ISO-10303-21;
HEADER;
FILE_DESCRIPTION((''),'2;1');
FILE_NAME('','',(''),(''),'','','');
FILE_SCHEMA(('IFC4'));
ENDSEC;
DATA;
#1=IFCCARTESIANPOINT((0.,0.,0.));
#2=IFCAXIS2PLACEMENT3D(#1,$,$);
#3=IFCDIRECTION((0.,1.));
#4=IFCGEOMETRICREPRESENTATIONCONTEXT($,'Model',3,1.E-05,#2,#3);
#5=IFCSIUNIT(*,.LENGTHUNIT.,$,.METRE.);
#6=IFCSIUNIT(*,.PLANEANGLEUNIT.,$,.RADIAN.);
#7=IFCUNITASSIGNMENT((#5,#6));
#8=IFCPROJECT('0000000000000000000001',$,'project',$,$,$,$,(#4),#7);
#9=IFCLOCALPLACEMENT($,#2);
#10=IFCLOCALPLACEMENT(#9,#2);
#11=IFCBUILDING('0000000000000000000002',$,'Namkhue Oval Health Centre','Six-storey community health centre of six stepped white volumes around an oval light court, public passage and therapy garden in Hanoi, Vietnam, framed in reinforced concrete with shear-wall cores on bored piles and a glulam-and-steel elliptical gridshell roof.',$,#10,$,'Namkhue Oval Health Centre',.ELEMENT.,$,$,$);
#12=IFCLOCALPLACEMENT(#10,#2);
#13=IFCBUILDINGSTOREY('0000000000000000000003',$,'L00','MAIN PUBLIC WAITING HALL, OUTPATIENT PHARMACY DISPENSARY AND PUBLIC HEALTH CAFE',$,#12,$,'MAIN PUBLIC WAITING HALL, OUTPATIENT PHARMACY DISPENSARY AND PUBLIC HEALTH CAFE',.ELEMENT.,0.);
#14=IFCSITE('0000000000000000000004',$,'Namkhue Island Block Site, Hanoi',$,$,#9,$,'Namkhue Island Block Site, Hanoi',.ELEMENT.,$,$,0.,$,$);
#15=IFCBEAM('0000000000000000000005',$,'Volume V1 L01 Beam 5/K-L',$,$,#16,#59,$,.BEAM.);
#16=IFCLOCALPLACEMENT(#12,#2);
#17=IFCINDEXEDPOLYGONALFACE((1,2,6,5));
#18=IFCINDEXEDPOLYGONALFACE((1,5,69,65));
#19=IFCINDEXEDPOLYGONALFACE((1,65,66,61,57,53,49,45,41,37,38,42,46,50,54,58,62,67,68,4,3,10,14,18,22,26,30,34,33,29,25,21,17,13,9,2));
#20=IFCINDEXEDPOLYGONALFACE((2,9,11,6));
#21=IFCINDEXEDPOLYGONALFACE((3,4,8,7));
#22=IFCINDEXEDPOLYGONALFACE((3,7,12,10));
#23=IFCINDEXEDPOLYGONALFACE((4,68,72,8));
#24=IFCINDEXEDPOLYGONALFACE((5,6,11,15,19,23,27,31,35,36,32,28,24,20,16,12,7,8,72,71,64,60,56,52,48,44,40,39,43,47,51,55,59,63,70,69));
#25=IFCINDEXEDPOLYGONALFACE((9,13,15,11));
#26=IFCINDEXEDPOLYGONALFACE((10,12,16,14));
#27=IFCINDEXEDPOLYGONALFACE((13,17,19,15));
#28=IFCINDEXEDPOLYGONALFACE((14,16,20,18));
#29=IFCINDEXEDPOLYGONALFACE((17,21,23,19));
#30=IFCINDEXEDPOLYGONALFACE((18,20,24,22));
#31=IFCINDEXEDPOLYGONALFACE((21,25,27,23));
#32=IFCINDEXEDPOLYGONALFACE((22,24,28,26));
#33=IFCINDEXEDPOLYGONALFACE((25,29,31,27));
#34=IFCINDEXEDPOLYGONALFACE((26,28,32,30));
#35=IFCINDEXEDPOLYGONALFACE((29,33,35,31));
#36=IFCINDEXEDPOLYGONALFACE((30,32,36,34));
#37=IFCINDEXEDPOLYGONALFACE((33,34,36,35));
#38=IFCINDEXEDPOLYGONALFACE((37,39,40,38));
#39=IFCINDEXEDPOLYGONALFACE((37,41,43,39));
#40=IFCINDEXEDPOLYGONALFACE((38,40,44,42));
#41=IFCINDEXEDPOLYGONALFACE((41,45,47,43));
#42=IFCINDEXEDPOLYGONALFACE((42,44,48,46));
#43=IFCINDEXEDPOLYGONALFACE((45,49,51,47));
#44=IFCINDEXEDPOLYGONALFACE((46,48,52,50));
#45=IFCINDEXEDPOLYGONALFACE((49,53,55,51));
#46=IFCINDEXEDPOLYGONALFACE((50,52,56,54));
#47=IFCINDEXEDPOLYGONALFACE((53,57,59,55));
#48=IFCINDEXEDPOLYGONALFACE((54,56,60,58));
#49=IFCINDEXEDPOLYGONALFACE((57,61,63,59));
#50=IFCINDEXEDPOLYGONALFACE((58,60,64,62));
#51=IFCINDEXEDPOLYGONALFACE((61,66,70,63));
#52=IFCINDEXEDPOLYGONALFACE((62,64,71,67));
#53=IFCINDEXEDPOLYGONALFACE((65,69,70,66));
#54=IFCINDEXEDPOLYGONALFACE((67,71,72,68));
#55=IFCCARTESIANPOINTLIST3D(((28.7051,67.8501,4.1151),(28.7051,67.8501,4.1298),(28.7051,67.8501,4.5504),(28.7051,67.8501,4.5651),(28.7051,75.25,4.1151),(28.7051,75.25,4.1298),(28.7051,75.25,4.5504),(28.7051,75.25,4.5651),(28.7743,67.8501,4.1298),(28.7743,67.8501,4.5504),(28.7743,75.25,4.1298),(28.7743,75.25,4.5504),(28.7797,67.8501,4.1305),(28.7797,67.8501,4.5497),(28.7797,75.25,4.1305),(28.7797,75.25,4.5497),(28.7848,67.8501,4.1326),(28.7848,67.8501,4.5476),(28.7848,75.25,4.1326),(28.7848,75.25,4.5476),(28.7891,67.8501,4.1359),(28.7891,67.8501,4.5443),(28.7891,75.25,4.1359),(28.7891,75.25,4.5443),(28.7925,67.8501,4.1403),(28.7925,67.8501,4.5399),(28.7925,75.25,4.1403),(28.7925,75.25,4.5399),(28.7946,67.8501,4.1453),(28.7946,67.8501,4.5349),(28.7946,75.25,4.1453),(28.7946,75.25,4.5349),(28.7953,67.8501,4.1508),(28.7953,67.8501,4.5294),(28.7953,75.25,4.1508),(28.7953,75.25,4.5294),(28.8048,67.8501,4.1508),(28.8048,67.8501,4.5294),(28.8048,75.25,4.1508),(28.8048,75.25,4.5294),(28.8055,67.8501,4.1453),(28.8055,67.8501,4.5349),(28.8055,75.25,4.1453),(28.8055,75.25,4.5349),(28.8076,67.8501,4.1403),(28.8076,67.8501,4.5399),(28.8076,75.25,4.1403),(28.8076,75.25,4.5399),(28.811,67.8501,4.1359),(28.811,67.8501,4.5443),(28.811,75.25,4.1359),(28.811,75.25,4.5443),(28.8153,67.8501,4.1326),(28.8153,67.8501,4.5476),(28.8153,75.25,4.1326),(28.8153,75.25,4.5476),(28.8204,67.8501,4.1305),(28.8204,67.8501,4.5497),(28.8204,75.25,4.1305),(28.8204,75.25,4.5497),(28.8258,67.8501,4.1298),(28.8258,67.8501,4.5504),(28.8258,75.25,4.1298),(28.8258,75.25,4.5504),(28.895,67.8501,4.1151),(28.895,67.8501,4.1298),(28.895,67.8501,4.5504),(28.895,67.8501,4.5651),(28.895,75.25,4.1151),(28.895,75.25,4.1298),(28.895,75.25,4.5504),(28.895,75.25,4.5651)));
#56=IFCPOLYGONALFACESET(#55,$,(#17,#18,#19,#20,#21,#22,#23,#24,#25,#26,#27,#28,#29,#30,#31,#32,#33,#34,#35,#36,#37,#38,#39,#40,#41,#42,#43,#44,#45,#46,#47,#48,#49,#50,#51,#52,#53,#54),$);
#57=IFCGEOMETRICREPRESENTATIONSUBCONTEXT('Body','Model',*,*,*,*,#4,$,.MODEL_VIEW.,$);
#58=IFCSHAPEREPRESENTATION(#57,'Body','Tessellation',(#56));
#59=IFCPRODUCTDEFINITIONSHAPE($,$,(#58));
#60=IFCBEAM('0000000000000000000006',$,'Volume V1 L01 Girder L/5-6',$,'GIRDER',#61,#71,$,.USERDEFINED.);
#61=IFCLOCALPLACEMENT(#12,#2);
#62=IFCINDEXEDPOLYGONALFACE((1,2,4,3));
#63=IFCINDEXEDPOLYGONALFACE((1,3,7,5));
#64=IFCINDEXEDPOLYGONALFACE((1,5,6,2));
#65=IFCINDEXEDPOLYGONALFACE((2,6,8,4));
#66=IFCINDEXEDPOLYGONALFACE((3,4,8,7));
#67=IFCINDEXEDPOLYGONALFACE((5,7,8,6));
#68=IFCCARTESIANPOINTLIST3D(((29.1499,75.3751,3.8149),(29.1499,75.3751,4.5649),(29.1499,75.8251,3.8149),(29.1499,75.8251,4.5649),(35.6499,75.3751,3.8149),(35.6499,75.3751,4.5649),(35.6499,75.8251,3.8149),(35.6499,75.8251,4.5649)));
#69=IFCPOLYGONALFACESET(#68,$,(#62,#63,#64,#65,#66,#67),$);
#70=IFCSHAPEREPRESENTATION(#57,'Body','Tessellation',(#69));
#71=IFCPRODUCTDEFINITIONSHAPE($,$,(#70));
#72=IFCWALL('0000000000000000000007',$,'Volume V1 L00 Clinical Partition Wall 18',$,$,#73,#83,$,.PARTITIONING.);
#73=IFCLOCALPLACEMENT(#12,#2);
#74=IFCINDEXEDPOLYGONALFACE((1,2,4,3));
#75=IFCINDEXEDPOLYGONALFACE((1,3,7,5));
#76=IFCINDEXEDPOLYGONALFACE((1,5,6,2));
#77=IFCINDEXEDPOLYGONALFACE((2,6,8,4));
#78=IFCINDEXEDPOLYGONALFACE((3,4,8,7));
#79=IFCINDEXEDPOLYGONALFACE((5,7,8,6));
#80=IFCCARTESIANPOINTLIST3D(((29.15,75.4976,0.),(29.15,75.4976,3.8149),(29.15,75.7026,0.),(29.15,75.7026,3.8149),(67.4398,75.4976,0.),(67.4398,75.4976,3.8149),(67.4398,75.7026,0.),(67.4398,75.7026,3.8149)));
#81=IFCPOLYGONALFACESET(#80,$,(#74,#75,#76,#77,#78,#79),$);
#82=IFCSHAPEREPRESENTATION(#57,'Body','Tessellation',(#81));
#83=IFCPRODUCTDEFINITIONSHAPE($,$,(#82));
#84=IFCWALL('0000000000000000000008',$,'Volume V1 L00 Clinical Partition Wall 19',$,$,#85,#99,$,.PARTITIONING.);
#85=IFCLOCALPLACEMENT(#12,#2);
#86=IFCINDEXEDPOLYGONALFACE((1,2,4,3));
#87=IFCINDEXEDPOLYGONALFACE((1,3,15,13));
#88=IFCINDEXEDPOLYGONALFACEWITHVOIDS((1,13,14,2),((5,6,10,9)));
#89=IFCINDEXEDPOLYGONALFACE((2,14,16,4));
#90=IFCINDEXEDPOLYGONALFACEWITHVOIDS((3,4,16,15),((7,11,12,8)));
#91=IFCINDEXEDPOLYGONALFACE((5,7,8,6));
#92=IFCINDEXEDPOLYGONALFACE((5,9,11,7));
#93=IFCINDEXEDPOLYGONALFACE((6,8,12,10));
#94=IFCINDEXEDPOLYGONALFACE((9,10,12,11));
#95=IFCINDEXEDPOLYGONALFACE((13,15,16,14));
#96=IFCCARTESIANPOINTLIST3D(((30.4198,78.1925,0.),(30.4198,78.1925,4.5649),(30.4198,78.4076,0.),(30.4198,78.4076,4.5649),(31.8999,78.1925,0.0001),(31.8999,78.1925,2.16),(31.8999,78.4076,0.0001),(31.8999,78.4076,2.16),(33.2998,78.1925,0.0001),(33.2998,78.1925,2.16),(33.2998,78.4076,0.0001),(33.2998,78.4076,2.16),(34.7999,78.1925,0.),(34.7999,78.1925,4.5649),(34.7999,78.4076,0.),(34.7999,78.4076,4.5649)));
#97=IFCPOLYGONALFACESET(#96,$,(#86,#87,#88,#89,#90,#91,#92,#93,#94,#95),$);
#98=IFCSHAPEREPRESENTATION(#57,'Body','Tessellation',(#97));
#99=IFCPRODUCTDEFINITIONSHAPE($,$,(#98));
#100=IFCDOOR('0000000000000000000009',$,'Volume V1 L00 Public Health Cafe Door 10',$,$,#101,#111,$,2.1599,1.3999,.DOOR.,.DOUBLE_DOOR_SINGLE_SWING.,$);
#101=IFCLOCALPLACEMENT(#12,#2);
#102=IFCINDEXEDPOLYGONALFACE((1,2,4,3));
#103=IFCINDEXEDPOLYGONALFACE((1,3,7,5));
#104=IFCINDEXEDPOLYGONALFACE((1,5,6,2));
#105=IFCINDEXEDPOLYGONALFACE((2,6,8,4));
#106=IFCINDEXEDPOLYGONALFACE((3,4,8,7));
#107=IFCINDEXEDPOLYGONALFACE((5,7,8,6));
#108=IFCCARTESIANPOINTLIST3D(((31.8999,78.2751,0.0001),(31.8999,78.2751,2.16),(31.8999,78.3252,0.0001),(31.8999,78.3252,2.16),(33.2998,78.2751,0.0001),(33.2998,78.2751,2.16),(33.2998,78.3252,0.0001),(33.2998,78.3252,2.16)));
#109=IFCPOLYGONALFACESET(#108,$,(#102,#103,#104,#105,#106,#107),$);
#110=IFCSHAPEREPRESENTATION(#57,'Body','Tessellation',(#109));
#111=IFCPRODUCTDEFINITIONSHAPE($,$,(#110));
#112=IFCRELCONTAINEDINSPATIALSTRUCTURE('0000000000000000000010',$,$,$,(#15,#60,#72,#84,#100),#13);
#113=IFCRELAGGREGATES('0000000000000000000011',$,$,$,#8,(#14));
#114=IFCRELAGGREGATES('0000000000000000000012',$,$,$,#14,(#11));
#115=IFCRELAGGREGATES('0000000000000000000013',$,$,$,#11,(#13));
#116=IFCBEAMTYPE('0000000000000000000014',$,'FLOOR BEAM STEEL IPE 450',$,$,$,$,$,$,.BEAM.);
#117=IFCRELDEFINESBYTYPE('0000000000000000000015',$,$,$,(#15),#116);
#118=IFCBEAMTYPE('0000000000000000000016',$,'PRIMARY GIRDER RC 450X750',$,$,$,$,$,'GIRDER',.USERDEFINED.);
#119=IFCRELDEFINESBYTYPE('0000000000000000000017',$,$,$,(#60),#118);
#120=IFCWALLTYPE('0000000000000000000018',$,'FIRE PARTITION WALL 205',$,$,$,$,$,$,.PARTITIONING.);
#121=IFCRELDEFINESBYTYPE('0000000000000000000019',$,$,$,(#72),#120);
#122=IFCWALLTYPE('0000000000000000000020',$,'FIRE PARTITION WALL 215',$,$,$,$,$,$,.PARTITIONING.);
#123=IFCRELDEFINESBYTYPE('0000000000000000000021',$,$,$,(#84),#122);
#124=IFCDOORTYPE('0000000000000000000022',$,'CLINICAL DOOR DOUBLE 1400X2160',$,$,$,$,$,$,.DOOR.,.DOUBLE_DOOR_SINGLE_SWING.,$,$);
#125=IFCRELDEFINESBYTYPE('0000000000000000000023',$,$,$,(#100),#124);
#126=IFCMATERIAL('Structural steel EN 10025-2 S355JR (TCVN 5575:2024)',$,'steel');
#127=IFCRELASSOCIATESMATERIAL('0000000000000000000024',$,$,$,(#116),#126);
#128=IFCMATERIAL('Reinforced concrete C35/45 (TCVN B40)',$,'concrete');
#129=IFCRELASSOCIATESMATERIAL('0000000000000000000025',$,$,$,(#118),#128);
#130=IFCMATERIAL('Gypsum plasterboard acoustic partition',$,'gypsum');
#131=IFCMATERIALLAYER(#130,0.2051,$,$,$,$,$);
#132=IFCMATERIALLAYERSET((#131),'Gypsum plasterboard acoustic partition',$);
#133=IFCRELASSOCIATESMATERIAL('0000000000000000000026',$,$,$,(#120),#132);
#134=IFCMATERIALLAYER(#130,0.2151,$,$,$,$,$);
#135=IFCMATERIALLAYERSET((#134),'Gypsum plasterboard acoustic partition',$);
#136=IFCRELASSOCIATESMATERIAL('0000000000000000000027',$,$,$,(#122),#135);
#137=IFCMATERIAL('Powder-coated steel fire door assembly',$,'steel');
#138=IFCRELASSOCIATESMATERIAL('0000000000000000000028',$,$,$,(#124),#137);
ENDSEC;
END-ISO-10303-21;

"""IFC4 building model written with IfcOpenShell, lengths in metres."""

from ifc_helpers import new_model, si_unit, direction, frame, frame_2d, origin, origin_2d, place, context, subcontext, project, spatial, rectangle, i_section, extrude, material, layer, layer_set, material_profile, profile_set, type_object, element, fill, save


model = new_model("IFC4")

# Units and contexts
model_context = context("Model", 3, precision=1e-05, world=origin(), true_north=direction((0.0, 1.0)))
body_context = subcontext(model_context, "Body", "Model", "MODEL_VIEW")
ifc_project = project(units=[si_unit("LENGTHUNIT", "METRE"), si_unit("PLANEANGLEUNIT", "RADIAN")], contexts=[model_context])

# Site, building, storey
site_placement = place(None, origin())
site = spatial("IfcSite", under=ifc_project, at=site_placement, Name="Namkhue Island Block Site, Hanoi", LongName="Namkhue Island Block Site, Hanoi", CompositionType="ELEMENT", RefElevation=0.0)
building_placement = place(site_placement, origin())
building = spatial("IfcBuilding", under=site, at=building_placement, Name="Namkhue Oval Health Centre", Description="Six-storey community health centre of six stepped white volumes around an oval light court, public passage and therapy garden in Hanoi, Vietnam, framed in reinforced concrete with shear-wall cores on bored piles and a glulam-and-steel elliptical gridshell roof.", LongName="Namkhue Oval Health Centre", CompositionType="ELEMENT")
storey_placement = place(building_placement, origin())
storey = spatial("IfcBuildingStorey", under=building, at=storey_placement, Name="L00", Description="MAIN PUBLIC WAITING HALL, OUTPATIENT PHARMACY DISPENSARY AND PUBLIC HEALTH CAFE", LongName="MAIN PUBLIC WAITING HALL, OUTPATIENT PHARMACY DISPENSARY AND PUBLIC HEALTH CAFE", CompositionType="ELEMENT", Elevation=0.0)

# Shared definitions
ifc_material_1 = material(Name="Reinforced concrete C35/45 (TCVN B40)", Category="concrete")

# Beams
ifc_material_2 = material(Name="Structural steel EN 10025-2 S355JR (TCVN 5575:2024)", Category="steel")
ifc_material_profile_1 = material_profile(ifc_material_2, i_section(OverallWidth=0.1899, OverallDepth=0.45, WebThickness=0.0095, FlangeThickness=0.0146, FilletRadius=0.021, at=origin_2d()), Name="IPE 450")
ifc_profile_set_1 = profile_set([ifc_material_profile_1], Name="Structural steel EN 10025-2 S355JR (TCVN 5575:2024)")
beam_type_1 = type_object("IfcBeamType", Name="FLOOR BEAM STEEL IPE 450", PredefinedType="BEAM", material=ifc_profile_set_1)
beam_1_placement = place(storey_placement, frame((28.8, 67.8501, 4.3401), z_axis=(0.0, 1.0, 0.0), x_axis=(-1.0, 0.0, 0.0)))
element("IfcBeam", 1, at=beam_1_placement, inside=storey, type_object=beam_type_1, Name="Volume V1 L01 Beam 5/K-L", PredefinedType="BEAM", context=body_context, shape_type="SweptSolid", body=[
    extrude(i_section(OverallWidth=0.1899, OverallDepth=0.45, WebThickness=0.0095, FlangeThickness=0.0146, FilletRadius=0.021, at=origin_2d()), origin(), (0.0, 0.0, 1.0), 7.3999),
])
ifc_material_profile_2 = material_profile(ifc_material_1, rectangle(XDim=0.45, YDim=0.75, at=origin_2d()), Name="RC 450x750")
ifc_profile_set_2 = profile_set([ifc_material_profile_2], Name="Reinforced concrete C35/45 (TCVN B40)")
beam_type_2 = type_object("IfcBeamType", Name="PRIMARY GIRDER RC 450X750", ElementType="GIRDER", PredefinedType="USERDEFINED", material=ifc_profile_set_2)
beam_2_placement = place(storey_placement, frame((29.1499, 75.6001, 4.1899), z_axis=(1.0, 0.0, 0.0), x_axis=(0.0, 1.0, 0.0)))
element("IfcBeam", 2, at=beam_2_placement, inside=storey, type_object=beam_type_2, Name="Volume V1 L01 Girder L/5-6", ObjectType="GIRDER", PredefinedType="USERDEFINED", context=body_context, shape_type="SweptSolid", body=[
    extrude(rectangle(XDim=0.45, YDim=0.75, at=origin_2d()), origin(), (0.0, 0.0, 1.0), 6.5),
])

# Wall
ifc_material_3 = material(Name="Gypsum plasterboard acoustic partition", Category="gypsum")
ifc_layer_1 = layer(ifc_material_3, 0.2051)
ifc_layer_set_1 = layer_set([ifc_layer_1], Name="Gypsum plasterboard acoustic partition")
wall_type_1 = type_object("IfcWallType", Name="FIRE PARTITION WALL 205", PredefinedType="PARTITIONING", material=ifc_layer_set_1)
wall_1_placement = place(storey_placement, frame((29.1499, 75.6001, 0.0), z_axis=(0.0, 0.0, 1.0), x_axis=(1.0, 0.0, 0.0)))
element("IfcWall", 3, at=wall_1_placement, inside=storey, type_object=wall_type_1, Name="Volume V1 L00 Clinical Partition Wall 18", PredefinedType="PARTITIONING", context=body_context, shape_type="SweptSolid", body=[
    extrude(rectangle(XDim=38.2898, YDim=0.2051, at=frame_2d((19.145, 0.0))), origin(), (0.0, 0.0, 1.0), 3.8149),
])

# Wall, opening, door
ifc_layer_2 = layer(ifc_material_3, 0.2151)
ifc_layer_set_2 = layer_set([ifc_layer_2], Name="Gypsum plasterboard acoustic partition")
wall_type_2 = type_object("IfcWallType", Name="FIRE PARTITION WALL 215", PredefinedType="PARTITIONING", material=ifc_layer_set_2)
wall_2_placement = place(storey_placement, frame((30.4199, 78.3, 0.0), z_axis=(0.0, 0.0, 1.0), x_axis=(1.0, 0.0, 0.0)))
wall_2 = element("IfcWall", 4, at=wall_2_placement, inside=storey, type_object=wall_type_2, Name="Volume V1 L00 Clinical Partition Wall 19", PredefinedType="PARTITIONING", context=body_context, shape_type="SweptSolid", body=[
    extrude(rectangle(XDim=4.3801, YDim=0.2151, at=frame_2d((2.1899, 0.0))), origin(), (0.0, 0.0, 1.0), 4.5649),
])
opening_placement = place(wall_2_placement, frame((1.48, 0.0, 0.0)))
opening = element("IfcOpeningElement", 5, at=opening_placement, cuts=wall_2, PredefinedType="OPENING", context=body_context, shape_type="SweptSolid", body=[
    extrude(rectangle(XDim=1.3999, YDim=2.1599, at=frame_2d((0.7, 1.0801))), frame((0.0, 0.1174, 0.0), z_axis=(0.0, -1.0, 0.0), x_axis=(1.0, 0.0, 0.0)), (0.0, 0.0, 1.0), 0.2351),
])
ifc_material_4 = material(Name="Powder-coated steel fire door assembly", Category="steel")
door_type = type_object("IfcDoorType", Name="CLINICAL DOOR DOUBLE 1400X2160", OperationType="DOUBLE_DOOR_SINGLE_SWING", PredefinedType="DOOR", material=ifc_material_4)
door_placement = place(opening_placement, frame((1.3999, 0.0, 0.0), z_axis=(0.0, 0.0, 1.0), x_axis=(-1.0, 0.0, 0.0)))
door = element("IfcDoor", 6, at=door_placement, inside=storey, type_object=door_type, Name="Volume V1 L00 Public Health Cafe Door 10", OperationType="DOUBLE_DOOR_SINGLE_SWING", OverallHeight=2.1599, OverallWidth=1.3999, PredefinedType="DOOR", context=body_context, shape_type="SweptSolid", body=[
    extrude(rectangle(XDim=1.3999, YDim=2.1599, at=frame_2d((0.7, 1.0801))), frame((0.0, 0.0249, 0.0), z_axis=(0.0, -1.0, 0.0), x_axis=(1.0, 0.0, 0.0)), (0.0, 0.0, 1.0), 0.05),
])
fill(opening, door)

save(model, "model.ifc")
